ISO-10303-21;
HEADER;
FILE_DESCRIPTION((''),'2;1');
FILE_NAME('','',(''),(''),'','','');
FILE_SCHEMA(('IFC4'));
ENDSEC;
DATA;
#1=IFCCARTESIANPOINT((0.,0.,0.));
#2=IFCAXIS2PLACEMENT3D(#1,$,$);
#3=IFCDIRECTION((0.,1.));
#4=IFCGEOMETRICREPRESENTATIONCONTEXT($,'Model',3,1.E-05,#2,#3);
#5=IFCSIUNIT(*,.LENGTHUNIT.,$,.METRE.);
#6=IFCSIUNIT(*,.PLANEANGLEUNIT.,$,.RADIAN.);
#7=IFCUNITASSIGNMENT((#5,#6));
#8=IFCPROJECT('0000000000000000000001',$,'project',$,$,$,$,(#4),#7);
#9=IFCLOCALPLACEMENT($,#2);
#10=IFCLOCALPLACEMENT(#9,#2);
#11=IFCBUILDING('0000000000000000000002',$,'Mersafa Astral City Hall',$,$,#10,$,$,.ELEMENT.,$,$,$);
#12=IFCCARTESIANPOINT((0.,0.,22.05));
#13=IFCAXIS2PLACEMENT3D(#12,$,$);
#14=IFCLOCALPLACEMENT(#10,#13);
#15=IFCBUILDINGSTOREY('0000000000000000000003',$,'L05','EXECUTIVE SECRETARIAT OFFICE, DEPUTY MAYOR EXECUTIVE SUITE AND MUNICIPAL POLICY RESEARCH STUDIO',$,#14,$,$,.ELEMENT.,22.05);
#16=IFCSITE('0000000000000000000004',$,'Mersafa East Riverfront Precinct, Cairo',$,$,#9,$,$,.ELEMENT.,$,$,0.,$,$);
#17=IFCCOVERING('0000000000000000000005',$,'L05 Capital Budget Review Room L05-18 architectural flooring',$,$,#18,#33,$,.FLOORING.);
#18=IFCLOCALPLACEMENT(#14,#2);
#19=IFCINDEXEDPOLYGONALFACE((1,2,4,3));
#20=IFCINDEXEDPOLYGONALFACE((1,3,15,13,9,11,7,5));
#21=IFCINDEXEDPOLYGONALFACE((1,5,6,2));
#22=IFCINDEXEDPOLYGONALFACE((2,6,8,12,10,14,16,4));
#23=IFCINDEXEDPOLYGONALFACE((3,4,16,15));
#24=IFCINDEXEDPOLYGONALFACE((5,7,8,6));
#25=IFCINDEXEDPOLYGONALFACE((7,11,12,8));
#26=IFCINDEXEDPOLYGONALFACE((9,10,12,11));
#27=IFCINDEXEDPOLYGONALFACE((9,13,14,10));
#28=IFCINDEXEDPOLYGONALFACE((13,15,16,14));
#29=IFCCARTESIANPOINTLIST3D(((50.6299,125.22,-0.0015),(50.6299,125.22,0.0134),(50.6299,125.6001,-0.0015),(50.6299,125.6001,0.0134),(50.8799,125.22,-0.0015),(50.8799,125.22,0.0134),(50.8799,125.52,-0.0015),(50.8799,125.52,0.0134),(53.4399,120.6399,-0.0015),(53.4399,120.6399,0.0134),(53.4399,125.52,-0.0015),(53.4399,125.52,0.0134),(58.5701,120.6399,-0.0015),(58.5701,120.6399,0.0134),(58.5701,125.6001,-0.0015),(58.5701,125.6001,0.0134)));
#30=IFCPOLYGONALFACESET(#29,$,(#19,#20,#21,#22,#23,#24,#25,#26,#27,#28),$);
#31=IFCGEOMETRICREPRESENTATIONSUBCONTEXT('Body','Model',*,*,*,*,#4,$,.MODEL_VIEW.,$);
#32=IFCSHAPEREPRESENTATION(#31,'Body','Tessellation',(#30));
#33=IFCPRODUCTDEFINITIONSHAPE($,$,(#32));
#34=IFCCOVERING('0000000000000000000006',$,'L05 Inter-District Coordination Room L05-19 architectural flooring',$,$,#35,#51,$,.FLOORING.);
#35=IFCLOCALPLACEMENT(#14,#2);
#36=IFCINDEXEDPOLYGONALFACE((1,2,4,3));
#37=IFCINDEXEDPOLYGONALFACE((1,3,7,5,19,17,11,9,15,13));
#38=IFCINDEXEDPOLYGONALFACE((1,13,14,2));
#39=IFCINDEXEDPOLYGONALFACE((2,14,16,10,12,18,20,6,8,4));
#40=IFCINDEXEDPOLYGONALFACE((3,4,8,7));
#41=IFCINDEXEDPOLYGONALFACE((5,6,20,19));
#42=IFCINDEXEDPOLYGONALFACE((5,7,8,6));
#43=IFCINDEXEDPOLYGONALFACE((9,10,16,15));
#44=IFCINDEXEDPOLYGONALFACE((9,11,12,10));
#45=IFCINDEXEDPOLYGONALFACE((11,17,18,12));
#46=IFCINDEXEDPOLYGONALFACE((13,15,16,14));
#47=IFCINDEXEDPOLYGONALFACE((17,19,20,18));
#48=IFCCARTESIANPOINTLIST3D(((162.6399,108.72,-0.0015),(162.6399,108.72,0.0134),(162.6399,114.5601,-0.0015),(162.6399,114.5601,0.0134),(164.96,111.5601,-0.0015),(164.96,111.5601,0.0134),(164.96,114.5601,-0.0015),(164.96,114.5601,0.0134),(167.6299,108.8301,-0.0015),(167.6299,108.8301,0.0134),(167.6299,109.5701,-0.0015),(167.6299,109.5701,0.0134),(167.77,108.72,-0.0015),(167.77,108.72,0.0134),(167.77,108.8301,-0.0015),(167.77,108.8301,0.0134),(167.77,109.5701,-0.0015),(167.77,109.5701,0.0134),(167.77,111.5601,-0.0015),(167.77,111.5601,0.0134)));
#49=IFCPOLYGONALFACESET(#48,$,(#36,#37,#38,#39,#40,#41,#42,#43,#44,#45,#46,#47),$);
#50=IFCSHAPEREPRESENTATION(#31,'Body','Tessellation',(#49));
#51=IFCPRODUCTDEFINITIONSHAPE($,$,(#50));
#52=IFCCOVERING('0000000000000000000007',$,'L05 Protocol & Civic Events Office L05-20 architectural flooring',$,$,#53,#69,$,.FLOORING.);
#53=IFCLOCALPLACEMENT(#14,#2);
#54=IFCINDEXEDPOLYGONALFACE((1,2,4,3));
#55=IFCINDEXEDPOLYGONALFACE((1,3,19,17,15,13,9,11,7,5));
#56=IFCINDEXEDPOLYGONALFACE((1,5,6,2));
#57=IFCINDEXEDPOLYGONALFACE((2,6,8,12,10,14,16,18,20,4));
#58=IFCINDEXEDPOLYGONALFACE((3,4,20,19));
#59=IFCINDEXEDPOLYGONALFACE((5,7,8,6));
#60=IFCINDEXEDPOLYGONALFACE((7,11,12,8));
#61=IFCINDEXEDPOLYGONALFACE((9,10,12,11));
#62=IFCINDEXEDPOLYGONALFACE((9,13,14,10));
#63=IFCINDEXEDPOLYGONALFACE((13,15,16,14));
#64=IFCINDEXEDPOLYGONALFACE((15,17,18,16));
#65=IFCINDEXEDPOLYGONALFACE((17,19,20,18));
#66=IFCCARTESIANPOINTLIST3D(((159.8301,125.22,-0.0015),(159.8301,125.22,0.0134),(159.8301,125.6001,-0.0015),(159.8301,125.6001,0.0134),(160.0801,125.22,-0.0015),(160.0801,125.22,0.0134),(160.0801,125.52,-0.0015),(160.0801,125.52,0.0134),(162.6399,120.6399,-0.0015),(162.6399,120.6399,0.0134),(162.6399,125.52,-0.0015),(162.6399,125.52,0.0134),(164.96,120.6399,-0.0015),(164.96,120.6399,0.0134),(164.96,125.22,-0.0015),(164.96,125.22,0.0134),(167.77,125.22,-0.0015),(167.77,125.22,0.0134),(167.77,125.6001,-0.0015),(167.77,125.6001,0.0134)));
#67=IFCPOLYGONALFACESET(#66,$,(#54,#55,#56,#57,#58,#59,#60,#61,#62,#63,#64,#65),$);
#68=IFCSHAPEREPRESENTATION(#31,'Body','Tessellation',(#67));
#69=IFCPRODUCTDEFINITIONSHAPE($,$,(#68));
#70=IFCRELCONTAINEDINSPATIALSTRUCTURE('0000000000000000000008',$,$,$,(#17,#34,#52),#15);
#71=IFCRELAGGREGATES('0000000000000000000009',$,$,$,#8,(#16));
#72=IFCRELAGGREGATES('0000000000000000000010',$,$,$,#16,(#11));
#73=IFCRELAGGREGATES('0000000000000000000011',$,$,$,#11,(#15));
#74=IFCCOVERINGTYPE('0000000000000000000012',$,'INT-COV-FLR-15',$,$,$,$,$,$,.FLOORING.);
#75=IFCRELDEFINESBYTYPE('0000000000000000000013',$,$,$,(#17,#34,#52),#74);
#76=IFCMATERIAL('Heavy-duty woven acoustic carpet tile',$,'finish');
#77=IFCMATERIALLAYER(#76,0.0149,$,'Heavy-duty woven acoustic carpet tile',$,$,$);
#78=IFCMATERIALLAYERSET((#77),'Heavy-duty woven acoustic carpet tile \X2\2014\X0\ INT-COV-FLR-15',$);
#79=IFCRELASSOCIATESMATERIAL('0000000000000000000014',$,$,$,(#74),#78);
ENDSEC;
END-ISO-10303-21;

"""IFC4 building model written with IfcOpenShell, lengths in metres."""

from ifc_helpers import new_model, si_unit, direction, frame, origin, place, context, subcontext, project, spatial, polyline, outline, extrude, material, layer, layer_set, type_object, element, save


model = new_model("IFC4")

# Units and contexts
model_context = context("Model", 3, precision=1e-05, world=origin(), true_north=direction((0.0, 1.0)))
body_context = subcontext(model_context, "Body", "Model", "MODEL_VIEW")
ifc_project = project(units=[si_unit("LENGTHUNIT", "METRE"), si_unit("PLANEANGLEUNIT", "RADIAN")], contexts=[model_context])

# Site, building, storey
site_placement = place(None, origin())
site = spatial("IfcSite", under=ifc_project, at=site_placement, Name="Mersafa East Riverfront Precinct, Cairo", CompositionType="ELEMENT", RefElevation=0.0)
building_placement = place(site_placement, origin())
building = spatial("IfcBuilding", under=site, at=building_placement, Name="Mersafa Astral City Hall", CompositionType="ELEMENT")
storey_placement = place(building_placement, frame((0.0, 0.0, 22.05)))
storey = spatial("IfcBuildingStorey", under=building, at=storey_placement, Name="L05", Description="EXECUTIVE SECRETARIAT OFFICE, DEPUTY MAYOR EXECUTIVE SUITE AND MUNICIPAL POLICY RESEARCH STUDIO", CompositionType="ELEMENT", Elevation=22.05)

# Coverings
ifc_material_1 = material(Name="Heavy-duty woven acoustic carpet tile", Category="finish")
ifc_layer_1 = layer(ifc_material_1, 0.0149, Name="Heavy-duty woven acoustic carpet tile")
ifc_layer_set_1 = layer_set([ifc_layer_1], Name="Heavy-duty woven acoustic carpet tile — INT-COV-FLR-15")
covering_type_1 = type_object("IfcCoveringType", Name="INT-COV-FLR-15", PredefinedType="FLOORING", material=ifc_layer_set_1)
covering_1_placement = place(storey_placement, frame((0.0, 0.0, -0.0015)))
element("IfcCovering", 1, at=covering_1_placement, inside=storey, type_object=covering_type_1, Name="L05 Capital Budget Review Room L05-18 architectural flooring", PredefinedType="FLOORING", context=body_context, shape_type="SweptSolid", body=[
    extrude(outline(polyline([(53.4399, 120.6399), (53.4399, 125.52), (50.8799, 125.52), (50.8799, 125.22), (50.6299, 125.22), (50.6299, 125.6001), (58.5701, 125.6001), (58.5701, 120.6399), (53.4399, 120.6399)])), origin(), (0.0, 0.0, 1.0), 0.0149),
])
covering_2_placement = place(storey_placement, frame((0.0, 0.0, -0.0015)))
element("IfcCovering", 2, at=covering_2_placement, inside=storey, type_object=covering_type_1, Name="L05 Inter-District Coordination Room L05-19 architectural flooring", PredefinedType="FLOORING", context=body_context, shape_type="SweptSolid", body=[
    extrude(outline(polyline([(164.96, 114.5601), (164.96, 111.5601), (167.77, 111.5601), (167.77, 109.5701), (167.6299, 109.5701), (167.6299, 108.8301), (167.77, 108.8301), (167.77, 108.72), (162.6399, 108.72), (162.6399, 114.5601), (164.96, 114.5601)])), origin(), (0.0, 0.0, 1.0), 0.0149),
])
covering_3_placement = place(storey_placement, frame((0.0, 0.0, -0.0015)))
element("IfcCovering", 3, at=covering_3_placement, inside=storey, type_object=covering_type_1, Name="L05 Protocol & Civic Events Office L05-20 architectural flooring", PredefinedType="FLOORING", context=body_context, shape_type="SweptSolid", body=[
    extrude(outline(polyline([(164.96, 125.22), (164.96, 120.6399), (162.6399, 120.6399), (162.6399, 125.52), (160.0801, 125.52), (160.0801, 125.22), (159.8301, 125.22), (159.8301, 125.6001), (167.77, 125.6001), (167.77, 125.22), (164.96, 125.22)])), origin(), (0.0, 0.0, 1.0), 0.0149),
])

save(model, "model.ifc")
